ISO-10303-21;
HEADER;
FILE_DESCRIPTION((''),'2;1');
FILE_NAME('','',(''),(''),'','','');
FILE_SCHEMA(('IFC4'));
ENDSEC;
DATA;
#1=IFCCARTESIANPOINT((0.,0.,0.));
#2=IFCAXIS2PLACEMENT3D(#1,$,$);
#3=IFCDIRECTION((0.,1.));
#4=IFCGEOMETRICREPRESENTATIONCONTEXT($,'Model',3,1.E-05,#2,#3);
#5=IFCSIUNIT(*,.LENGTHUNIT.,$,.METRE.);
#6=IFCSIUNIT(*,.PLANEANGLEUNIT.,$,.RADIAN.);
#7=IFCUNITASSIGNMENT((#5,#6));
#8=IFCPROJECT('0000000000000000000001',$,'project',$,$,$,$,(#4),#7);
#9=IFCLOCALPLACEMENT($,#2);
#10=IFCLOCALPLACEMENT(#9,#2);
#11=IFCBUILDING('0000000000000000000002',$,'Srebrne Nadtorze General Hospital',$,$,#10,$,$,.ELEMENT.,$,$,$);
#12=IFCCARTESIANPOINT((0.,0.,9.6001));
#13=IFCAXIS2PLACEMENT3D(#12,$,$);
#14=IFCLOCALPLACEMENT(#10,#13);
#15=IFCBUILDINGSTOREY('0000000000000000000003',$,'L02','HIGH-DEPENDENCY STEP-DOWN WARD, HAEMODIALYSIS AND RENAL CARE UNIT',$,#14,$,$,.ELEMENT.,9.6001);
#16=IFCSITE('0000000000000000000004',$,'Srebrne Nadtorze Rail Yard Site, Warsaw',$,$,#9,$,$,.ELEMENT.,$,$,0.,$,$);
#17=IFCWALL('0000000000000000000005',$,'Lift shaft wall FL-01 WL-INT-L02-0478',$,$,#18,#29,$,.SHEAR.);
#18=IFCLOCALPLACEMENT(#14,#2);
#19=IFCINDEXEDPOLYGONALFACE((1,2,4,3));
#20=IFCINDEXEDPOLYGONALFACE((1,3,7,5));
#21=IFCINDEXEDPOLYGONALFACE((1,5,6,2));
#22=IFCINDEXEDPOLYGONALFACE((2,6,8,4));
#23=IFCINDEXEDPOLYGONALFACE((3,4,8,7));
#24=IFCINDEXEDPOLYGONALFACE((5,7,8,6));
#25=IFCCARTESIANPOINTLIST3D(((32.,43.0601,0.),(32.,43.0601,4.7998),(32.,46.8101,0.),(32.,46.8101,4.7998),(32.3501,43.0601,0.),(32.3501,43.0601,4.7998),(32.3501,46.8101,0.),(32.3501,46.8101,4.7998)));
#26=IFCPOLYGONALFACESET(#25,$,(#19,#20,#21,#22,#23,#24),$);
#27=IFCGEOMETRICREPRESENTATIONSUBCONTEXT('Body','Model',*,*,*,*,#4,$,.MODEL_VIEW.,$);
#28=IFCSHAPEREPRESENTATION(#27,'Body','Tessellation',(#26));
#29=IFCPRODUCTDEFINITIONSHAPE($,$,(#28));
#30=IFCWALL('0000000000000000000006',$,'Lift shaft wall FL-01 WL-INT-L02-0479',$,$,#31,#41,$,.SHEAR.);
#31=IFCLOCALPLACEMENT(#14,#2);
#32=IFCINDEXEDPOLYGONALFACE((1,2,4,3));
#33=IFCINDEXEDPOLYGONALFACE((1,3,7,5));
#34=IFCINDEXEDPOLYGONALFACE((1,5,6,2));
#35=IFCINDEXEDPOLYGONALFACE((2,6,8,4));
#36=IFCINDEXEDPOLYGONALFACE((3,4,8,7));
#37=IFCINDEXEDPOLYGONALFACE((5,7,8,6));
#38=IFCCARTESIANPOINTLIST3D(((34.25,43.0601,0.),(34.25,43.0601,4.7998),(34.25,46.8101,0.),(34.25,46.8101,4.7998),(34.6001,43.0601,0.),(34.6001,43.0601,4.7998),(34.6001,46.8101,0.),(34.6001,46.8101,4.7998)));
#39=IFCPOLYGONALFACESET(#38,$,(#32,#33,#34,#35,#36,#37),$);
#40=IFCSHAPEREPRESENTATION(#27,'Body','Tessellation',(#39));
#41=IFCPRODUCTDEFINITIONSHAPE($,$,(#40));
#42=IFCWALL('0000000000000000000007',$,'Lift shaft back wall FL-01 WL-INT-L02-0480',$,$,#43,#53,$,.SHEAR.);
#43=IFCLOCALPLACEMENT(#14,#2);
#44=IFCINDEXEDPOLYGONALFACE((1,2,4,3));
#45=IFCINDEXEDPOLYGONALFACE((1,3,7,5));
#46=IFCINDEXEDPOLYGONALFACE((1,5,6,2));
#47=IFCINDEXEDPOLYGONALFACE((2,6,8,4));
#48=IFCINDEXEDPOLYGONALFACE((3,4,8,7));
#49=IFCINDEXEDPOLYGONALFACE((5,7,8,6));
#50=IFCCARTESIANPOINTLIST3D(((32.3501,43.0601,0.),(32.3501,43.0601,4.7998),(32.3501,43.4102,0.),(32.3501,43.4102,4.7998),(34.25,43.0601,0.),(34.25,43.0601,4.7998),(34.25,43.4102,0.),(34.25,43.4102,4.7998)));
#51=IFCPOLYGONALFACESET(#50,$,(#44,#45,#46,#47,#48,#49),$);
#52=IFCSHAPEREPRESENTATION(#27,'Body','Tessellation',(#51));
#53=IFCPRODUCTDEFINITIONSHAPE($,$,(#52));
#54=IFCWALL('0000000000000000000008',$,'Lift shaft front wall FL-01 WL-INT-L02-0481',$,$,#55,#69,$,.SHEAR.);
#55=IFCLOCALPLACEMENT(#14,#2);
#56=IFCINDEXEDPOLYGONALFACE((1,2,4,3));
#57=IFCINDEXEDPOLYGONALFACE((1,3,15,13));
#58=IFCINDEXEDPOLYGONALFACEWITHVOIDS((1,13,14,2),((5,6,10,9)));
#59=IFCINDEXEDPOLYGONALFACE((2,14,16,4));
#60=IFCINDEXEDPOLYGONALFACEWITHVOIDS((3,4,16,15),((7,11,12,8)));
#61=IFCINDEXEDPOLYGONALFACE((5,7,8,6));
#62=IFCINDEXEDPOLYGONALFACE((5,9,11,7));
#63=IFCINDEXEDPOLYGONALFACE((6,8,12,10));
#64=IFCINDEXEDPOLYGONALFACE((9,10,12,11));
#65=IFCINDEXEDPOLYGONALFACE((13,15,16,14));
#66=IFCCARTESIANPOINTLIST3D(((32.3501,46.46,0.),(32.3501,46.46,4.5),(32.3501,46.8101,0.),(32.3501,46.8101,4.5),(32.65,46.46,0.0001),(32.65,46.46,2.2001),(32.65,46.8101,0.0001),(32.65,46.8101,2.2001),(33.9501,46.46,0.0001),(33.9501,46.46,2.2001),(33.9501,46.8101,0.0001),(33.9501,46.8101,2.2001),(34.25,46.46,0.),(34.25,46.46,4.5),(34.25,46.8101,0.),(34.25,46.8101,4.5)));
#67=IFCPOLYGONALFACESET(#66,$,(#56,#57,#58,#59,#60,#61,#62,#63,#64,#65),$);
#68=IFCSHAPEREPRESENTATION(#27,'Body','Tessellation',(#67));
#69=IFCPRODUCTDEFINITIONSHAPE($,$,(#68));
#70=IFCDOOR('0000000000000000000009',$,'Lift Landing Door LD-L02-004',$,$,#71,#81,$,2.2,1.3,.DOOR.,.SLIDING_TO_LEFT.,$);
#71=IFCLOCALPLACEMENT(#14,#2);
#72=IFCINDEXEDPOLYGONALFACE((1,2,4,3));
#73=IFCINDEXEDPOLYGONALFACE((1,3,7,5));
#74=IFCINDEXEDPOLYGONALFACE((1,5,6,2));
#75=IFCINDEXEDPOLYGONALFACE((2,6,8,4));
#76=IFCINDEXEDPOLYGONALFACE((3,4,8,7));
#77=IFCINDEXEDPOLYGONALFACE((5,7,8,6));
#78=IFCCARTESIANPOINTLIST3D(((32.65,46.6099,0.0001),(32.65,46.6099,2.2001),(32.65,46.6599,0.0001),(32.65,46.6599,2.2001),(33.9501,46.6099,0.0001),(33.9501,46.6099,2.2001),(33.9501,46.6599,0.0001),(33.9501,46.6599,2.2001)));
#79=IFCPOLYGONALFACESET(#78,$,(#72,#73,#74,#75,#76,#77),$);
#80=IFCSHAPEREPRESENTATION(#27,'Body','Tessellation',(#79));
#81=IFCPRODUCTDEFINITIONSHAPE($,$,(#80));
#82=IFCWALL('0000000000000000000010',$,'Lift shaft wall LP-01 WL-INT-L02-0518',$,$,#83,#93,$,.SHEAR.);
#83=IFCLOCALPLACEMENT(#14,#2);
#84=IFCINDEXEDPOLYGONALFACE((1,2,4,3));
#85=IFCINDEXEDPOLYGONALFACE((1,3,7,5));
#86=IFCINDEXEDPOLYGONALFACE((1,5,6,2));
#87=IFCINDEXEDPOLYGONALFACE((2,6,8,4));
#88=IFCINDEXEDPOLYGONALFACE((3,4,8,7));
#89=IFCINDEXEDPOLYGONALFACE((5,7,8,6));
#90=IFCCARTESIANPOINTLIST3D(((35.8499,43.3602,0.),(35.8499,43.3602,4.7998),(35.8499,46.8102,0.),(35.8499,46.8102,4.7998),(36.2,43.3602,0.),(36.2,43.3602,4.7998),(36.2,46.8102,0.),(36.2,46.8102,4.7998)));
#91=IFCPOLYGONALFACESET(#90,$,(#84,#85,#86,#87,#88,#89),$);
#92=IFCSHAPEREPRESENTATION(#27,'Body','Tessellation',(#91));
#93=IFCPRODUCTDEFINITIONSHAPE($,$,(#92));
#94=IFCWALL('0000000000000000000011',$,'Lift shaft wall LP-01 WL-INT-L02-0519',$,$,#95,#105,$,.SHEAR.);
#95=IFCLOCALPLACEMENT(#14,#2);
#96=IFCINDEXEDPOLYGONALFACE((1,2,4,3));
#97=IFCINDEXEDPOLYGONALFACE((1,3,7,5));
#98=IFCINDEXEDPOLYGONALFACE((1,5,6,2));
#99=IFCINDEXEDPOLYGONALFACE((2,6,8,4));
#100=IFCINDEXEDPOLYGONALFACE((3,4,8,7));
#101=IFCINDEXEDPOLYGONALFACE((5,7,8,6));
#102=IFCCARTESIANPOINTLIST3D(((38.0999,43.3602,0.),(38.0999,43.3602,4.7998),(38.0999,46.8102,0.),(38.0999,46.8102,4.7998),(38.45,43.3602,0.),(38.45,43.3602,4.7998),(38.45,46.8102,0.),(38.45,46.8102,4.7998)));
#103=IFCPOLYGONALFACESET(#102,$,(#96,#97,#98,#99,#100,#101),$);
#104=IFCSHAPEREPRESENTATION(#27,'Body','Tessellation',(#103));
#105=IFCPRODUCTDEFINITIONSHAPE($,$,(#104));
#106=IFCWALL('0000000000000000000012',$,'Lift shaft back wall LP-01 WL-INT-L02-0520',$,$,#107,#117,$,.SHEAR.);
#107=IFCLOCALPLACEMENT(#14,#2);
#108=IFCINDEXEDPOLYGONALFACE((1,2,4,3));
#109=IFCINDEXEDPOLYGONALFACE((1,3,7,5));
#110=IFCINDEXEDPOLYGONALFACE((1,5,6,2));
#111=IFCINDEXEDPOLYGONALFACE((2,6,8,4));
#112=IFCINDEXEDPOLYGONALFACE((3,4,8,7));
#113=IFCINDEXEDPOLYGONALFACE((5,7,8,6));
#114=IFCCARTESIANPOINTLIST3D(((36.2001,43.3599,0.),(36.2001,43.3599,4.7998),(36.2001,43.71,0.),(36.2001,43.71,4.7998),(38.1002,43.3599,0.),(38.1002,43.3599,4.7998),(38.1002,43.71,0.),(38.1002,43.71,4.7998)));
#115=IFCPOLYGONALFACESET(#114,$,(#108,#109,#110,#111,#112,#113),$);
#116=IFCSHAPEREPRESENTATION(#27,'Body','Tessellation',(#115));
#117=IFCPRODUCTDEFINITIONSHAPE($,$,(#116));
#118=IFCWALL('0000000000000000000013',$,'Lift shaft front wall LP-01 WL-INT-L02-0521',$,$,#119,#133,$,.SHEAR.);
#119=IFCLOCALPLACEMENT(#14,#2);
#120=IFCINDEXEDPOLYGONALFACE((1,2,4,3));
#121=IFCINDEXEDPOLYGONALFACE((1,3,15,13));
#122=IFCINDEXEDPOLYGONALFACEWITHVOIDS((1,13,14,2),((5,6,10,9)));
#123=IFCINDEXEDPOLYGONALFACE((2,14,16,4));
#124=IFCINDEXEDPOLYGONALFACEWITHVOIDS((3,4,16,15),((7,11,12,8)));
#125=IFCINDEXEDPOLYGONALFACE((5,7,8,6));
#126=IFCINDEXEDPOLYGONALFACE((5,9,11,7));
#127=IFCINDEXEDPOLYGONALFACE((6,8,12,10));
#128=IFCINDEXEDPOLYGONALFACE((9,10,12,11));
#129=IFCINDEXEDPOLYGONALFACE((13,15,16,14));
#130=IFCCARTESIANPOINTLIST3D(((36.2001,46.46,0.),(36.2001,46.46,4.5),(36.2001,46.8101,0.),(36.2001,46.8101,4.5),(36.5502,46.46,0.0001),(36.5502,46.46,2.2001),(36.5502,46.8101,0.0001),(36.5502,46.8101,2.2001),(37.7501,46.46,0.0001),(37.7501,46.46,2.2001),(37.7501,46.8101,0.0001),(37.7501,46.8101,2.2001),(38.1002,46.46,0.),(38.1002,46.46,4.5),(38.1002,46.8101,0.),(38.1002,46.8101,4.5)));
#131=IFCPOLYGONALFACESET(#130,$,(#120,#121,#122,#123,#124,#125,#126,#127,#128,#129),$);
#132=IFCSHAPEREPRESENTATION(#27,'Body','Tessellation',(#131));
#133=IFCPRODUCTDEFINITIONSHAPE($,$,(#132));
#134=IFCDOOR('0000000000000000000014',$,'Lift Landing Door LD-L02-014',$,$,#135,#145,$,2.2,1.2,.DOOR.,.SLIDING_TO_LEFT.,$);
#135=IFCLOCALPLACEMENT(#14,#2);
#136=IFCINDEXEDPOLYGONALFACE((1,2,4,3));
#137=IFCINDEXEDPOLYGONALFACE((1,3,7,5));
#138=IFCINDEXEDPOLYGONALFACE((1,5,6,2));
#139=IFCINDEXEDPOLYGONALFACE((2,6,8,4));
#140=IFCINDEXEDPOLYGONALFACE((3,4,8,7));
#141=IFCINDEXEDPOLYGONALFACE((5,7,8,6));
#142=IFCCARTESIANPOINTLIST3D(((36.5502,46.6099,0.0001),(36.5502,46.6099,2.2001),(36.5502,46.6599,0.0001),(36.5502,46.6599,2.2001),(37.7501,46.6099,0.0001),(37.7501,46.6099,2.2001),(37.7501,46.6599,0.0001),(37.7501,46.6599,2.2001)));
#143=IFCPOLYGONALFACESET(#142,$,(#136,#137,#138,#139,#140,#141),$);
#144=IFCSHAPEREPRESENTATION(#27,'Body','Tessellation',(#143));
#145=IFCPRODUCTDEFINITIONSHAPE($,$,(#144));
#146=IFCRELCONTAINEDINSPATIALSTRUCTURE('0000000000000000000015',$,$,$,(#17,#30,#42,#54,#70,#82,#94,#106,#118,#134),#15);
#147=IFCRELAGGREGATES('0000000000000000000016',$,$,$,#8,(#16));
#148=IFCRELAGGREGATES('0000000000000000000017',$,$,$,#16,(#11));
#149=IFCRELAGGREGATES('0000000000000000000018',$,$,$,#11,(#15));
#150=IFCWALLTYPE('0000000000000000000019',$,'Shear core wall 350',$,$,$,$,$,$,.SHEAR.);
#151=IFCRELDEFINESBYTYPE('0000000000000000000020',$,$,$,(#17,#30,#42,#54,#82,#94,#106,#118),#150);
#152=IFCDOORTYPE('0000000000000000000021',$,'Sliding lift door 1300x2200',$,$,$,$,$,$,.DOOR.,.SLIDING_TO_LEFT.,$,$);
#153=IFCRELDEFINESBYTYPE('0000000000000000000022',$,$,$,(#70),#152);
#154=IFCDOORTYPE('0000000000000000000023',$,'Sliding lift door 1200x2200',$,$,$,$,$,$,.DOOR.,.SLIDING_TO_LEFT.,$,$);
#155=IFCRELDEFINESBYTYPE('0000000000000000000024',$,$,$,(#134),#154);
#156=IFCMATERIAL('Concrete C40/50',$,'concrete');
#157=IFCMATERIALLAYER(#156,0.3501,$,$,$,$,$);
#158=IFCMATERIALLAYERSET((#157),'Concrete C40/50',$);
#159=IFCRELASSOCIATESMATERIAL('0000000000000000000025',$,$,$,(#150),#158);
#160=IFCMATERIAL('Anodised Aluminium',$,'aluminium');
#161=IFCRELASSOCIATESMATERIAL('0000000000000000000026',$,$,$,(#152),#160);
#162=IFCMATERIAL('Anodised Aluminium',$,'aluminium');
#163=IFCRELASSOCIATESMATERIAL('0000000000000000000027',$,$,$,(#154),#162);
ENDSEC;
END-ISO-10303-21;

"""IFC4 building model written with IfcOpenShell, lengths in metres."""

from ifc_helpers import new_model, si_unit, direction, frame, frame_2d, origin, place, context, subcontext, project, spatial, rectangle, extrude, material, layer, layer_set, type_object, element, fill, save


model = new_model("IFC4")

# Units and contexts
model_context = context("Model", 3, precision=1e-05, world=origin(), true_north=direction((0.0, 1.0)))
body_context = subcontext(model_context, "Body", "Model", "MODEL_VIEW")
ifc_project = project(units=[si_unit("LENGTHUNIT", "METRE"), si_unit("PLANEANGLEUNIT", "RADIAN")], contexts=[model_context])

# Site, building, storey
site_placement = place(None, origin())
site = spatial("IfcSite", under=ifc_project, at=site_placement, Name="Srebrne Nadtorze Rail Yard Site, Warsaw", CompositionType="ELEMENT", RefElevation=0.0)
building_placement = place(site_placement, origin())
building = spatial("IfcBuilding", under=site, at=building_placement, Name="Srebrne Nadtorze General Hospital", CompositionType="ELEMENT")
storey_placement = place(building_placement, frame((0.0, 0.0, 9.6001)))
storey = spatial("IfcBuildingStorey", under=building, at=storey_placement, Name="L02", Description="HIGH-DEPENDENCY STEP-DOWN WARD, HAEMODIALYSIS AND RENAL CARE UNIT", CompositionType="ELEMENT", Elevation=9.6001)

# Walls
ifc_material_1 = material(Name="Concrete C40/50", Category="concrete")
ifc_layer_1 = layer(ifc_material_1, 0.3501)
ifc_layer_set_1 = layer_set([ifc_layer_1], Name="Concrete C40/50")
wall_type_1 = type_object("IfcWallType", Name="Shear core wall 350", PredefinedType="SHEAR", material=ifc_layer_set_1)
for number, where, z_axis, x_axis, name in (
    (1, (32.175, 43.0601, 0.0), (0.0, 0.0, 1.0), (0.0, 1.0, 0.0), "Lift shaft wall FL-01 WL-INT-L02-0478"),
    (2, (34.425, 43.0601, 0.0), (0.0, 0.0, 1.0), (0.0, 1.0, 0.0), "Lift shaft wall FL-01 WL-INT-L02-0479"),
):
    element("IfcWall", number, at=place(storey_placement, frame(where, z_axis=z_axis, x_axis=x_axis)), inside=storey, type_object=wall_type_1, Name=name, PredefinedType="SHEAR", context=body_context, shape_type="SweptSolid", body=[
        extrude(rectangle(XDim=3.75, YDim=0.3501, at=frame_2d((1.875, 0.0))), origin(), (0.0, 0.0, 1.0), 4.7998),
    ])
wall_1_placement = place(storey_placement, frame((32.3501, 43.2351, 0.0), z_axis=(0.0, 0.0, 1.0), x_axis=(1.0, 0.0, 0.0)))
element("IfcWall", 3, at=wall_1_placement, inside=storey, type_object=wall_type_1, Name="Lift shaft back wall FL-01 WL-INT-L02-0480", PredefinedType="SHEAR", context=body_context, shape_type="SweptSolid", body=[
    extrude(rectangle(XDim=1.8999, YDim=0.3501, at=frame_2d((0.95, 0.0))), origin(), (0.0, 0.0, 1.0), 4.7998),
])

# Wall, opening, door
wall_2_placement = place(storey_placement, frame((32.3501, 46.635, 0.0), z_axis=(0.0, 0.0, 1.0), x_axis=(1.0, 0.0, 0.0)))
wall_2 = element("IfcWall", 4, at=wall_2_placement, inside=storey, type_object=wall_type_1, Name="Lift shaft front wall FL-01 WL-INT-L02-0481", PredefinedType="SHEAR", context=body_context, shape_type="SweptSolid", body=[
    extrude(rectangle(XDim=1.8999, YDim=0.3501, at=frame_2d((0.95, 0.0))), origin(), (0.0, 0.0, 1.0), 4.5),
])
opening_1_placement = place(wall_2_placement, frame((0.3, 0.0, 0.0)))
opening_1 = element("IfcOpeningElement", 5, at=opening_1_placement, cuts=wall_2, PredefinedType="OPENING", context=body_context, shape_type="SweptSolid", body=[
    extrude(rectangle(XDim=1.3, YDim=2.2, at=frame_2d((0.6499, 1.1001))), frame((0.0, 0.187, 0.0), z_axis=(0.0, -1.0, 0.0), x_axis=(1.0, 0.0, 0.0)), (0.0, 0.0, 1.0), 0.374),
])
ifc_material_2 = material(Name="Anodised Aluminium", Category="aluminium")
door_type_1 = type_object("IfcDoorType", Name="Sliding lift door 1300x2200", OperationType="SLIDING_TO_LEFT", PredefinedType="DOOR", material=ifc_material_2)
door_1_placement = place(opening_1_placement, origin())
door_1 = element("IfcDoor", 6, at=door_1_placement, inside=storey, type_object=door_type_1, Name="Lift Landing Door LD-L02-004", OperationType="SLIDING_TO_LEFT", OverallHeight=2.2, OverallWidth=1.3, PredefinedType="DOOR", context=body_context, shape_type="SweptSolid", body=[
    extrude(rectangle(XDim=1.3, YDim=2.2, at=frame_2d((0.6499, 1.1001))), frame((0.0, 0.0249, 0.0), z_axis=(0.0, -1.0, 0.0), x_axis=(1.0, 0.0, 0.0)), (0.0, 0.0, 1.0), 0.05),
])
fill(opening_1, door_1)

# Walls
for number, where, z_axis, x_axis, name in (
    (7, (36.0249, 43.3601, 0.0), (0.0, 0.0, 1.0), (0.0, 1.0, 0.0), "Lift shaft wall LP-01 WL-INT-L02-0518"),
    (8, (38.2749, 43.3601, 0.0), (0.0, 0.0, 1.0), (0.0, 1.0, 0.0), "Lift shaft wall LP-01 WL-INT-L02-0519"),
):
    element("IfcWall", number, at=place(storey_placement, frame(where, z_axis=z_axis, x_axis=x_axis)), inside=storey, type_object=wall_type_1, Name=name, PredefinedType="SHEAR", context=body_context, shape_type="SweptSolid", body=[
        extrude(rectangle(XDim=3.45, YDim=0.3501, at=frame_2d((1.7251, 0.0))), origin(), (0.0, 0.0, 1.0), 4.7998),
    ])
wall_3_placement = place(storey_placement, frame((36.2, 43.5349, 0.0), z_axis=(0.0, 0.0, 1.0), x_axis=(1.0, 0.0, 0.0)))
element("IfcWall", 9, at=wall_3_placement, inside=storey, type_object=wall_type_1, Name="Lift shaft back wall LP-01 WL-INT-L02-0520", PredefinedType="SHEAR", context=body_context, shape_type="SweptSolid", body=[
    extrude(rectangle(XDim=1.9001, YDim=0.3501, at=frame_2d((0.9502, 0.0))), origin(), (0.0, 0.0, 1.0), 4.7998),
])

# Wall, opening, door
wall_4_placement = place(storey_placement, frame((36.2, 46.635, 0.0), z_axis=(0.0, 0.0, 1.0), x_axis=(1.0, 0.0, 0.0)))
wall_4 = element("IfcWall", 10, at=wall_4_placement, inside=storey, type_object=wall_type_1, Name="Lift shaft front wall LP-01 WL-INT-L02-0521", PredefinedType="SHEAR", context=body_context, shape_type="SweptSolid", body=[
    extrude(rectangle(XDim=1.9001, YDim=0.3501, at=frame_2d((0.9502, 0.0))), origin(), (0.0, 0.0, 1.0), 4.5),
])
opening_2_placement = place(wall_4_placement, frame((0.3501, 0.0, 0.0)))
opening_2 = element("IfcOpeningElement", 11, at=opening_2_placement, cuts=wall_4, PredefinedType="OPENING", context=body_context, shape_type="SweptSolid", body=[
    extrude(rectangle(XDim=1.2, YDim=2.2, at=frame_2d((0.6001, 1.1001))), frame((0.0, 0.187, 0.0), z_axis=(0.0, -1.0, 0.0), x_axis=(1.0, 0.0, 0.0)), (0.0, 0.0, 1.0), 0.374),
])
ifc_material_3 = material(Name="Anodised Aluminium", Category="aluminium")
door_type_2 = type_object("IfcDoorType", Name="Sliding lift door 1200x2200", OperationType="SLIDING_TO_LEFT", PredefinedType="DOOR", material=ifc_material_3)
door_2_placement = place(opening_2_placement, origin())
door_2 = element("IfcDoor", 12, at=door_2_placement, inside=storey, type_object=door_type_2, Name="Lift Landing Door LD-L02-014", OperationType="SLIDING_TO_LEFT", OverallHeight=2.2, OverallWidth=1.2, PredefinedType="DOOR", context=body_context, shape_type="SweptSolid", body=[
    extrude(rectangle(XDim=1.2, YDim=2.2, at=frame_2d((0.6001, 1.1001))), frame((0.0, 0.0249, 0.0), z_axis=(0.0, -1.0, 0.0), x_axis=(1.0, 0.0, 0.0)), (0.0, 0.0, 1.0), 0.05),
])
fill(opening_2, door_2)

save(model, "model.ifc")
